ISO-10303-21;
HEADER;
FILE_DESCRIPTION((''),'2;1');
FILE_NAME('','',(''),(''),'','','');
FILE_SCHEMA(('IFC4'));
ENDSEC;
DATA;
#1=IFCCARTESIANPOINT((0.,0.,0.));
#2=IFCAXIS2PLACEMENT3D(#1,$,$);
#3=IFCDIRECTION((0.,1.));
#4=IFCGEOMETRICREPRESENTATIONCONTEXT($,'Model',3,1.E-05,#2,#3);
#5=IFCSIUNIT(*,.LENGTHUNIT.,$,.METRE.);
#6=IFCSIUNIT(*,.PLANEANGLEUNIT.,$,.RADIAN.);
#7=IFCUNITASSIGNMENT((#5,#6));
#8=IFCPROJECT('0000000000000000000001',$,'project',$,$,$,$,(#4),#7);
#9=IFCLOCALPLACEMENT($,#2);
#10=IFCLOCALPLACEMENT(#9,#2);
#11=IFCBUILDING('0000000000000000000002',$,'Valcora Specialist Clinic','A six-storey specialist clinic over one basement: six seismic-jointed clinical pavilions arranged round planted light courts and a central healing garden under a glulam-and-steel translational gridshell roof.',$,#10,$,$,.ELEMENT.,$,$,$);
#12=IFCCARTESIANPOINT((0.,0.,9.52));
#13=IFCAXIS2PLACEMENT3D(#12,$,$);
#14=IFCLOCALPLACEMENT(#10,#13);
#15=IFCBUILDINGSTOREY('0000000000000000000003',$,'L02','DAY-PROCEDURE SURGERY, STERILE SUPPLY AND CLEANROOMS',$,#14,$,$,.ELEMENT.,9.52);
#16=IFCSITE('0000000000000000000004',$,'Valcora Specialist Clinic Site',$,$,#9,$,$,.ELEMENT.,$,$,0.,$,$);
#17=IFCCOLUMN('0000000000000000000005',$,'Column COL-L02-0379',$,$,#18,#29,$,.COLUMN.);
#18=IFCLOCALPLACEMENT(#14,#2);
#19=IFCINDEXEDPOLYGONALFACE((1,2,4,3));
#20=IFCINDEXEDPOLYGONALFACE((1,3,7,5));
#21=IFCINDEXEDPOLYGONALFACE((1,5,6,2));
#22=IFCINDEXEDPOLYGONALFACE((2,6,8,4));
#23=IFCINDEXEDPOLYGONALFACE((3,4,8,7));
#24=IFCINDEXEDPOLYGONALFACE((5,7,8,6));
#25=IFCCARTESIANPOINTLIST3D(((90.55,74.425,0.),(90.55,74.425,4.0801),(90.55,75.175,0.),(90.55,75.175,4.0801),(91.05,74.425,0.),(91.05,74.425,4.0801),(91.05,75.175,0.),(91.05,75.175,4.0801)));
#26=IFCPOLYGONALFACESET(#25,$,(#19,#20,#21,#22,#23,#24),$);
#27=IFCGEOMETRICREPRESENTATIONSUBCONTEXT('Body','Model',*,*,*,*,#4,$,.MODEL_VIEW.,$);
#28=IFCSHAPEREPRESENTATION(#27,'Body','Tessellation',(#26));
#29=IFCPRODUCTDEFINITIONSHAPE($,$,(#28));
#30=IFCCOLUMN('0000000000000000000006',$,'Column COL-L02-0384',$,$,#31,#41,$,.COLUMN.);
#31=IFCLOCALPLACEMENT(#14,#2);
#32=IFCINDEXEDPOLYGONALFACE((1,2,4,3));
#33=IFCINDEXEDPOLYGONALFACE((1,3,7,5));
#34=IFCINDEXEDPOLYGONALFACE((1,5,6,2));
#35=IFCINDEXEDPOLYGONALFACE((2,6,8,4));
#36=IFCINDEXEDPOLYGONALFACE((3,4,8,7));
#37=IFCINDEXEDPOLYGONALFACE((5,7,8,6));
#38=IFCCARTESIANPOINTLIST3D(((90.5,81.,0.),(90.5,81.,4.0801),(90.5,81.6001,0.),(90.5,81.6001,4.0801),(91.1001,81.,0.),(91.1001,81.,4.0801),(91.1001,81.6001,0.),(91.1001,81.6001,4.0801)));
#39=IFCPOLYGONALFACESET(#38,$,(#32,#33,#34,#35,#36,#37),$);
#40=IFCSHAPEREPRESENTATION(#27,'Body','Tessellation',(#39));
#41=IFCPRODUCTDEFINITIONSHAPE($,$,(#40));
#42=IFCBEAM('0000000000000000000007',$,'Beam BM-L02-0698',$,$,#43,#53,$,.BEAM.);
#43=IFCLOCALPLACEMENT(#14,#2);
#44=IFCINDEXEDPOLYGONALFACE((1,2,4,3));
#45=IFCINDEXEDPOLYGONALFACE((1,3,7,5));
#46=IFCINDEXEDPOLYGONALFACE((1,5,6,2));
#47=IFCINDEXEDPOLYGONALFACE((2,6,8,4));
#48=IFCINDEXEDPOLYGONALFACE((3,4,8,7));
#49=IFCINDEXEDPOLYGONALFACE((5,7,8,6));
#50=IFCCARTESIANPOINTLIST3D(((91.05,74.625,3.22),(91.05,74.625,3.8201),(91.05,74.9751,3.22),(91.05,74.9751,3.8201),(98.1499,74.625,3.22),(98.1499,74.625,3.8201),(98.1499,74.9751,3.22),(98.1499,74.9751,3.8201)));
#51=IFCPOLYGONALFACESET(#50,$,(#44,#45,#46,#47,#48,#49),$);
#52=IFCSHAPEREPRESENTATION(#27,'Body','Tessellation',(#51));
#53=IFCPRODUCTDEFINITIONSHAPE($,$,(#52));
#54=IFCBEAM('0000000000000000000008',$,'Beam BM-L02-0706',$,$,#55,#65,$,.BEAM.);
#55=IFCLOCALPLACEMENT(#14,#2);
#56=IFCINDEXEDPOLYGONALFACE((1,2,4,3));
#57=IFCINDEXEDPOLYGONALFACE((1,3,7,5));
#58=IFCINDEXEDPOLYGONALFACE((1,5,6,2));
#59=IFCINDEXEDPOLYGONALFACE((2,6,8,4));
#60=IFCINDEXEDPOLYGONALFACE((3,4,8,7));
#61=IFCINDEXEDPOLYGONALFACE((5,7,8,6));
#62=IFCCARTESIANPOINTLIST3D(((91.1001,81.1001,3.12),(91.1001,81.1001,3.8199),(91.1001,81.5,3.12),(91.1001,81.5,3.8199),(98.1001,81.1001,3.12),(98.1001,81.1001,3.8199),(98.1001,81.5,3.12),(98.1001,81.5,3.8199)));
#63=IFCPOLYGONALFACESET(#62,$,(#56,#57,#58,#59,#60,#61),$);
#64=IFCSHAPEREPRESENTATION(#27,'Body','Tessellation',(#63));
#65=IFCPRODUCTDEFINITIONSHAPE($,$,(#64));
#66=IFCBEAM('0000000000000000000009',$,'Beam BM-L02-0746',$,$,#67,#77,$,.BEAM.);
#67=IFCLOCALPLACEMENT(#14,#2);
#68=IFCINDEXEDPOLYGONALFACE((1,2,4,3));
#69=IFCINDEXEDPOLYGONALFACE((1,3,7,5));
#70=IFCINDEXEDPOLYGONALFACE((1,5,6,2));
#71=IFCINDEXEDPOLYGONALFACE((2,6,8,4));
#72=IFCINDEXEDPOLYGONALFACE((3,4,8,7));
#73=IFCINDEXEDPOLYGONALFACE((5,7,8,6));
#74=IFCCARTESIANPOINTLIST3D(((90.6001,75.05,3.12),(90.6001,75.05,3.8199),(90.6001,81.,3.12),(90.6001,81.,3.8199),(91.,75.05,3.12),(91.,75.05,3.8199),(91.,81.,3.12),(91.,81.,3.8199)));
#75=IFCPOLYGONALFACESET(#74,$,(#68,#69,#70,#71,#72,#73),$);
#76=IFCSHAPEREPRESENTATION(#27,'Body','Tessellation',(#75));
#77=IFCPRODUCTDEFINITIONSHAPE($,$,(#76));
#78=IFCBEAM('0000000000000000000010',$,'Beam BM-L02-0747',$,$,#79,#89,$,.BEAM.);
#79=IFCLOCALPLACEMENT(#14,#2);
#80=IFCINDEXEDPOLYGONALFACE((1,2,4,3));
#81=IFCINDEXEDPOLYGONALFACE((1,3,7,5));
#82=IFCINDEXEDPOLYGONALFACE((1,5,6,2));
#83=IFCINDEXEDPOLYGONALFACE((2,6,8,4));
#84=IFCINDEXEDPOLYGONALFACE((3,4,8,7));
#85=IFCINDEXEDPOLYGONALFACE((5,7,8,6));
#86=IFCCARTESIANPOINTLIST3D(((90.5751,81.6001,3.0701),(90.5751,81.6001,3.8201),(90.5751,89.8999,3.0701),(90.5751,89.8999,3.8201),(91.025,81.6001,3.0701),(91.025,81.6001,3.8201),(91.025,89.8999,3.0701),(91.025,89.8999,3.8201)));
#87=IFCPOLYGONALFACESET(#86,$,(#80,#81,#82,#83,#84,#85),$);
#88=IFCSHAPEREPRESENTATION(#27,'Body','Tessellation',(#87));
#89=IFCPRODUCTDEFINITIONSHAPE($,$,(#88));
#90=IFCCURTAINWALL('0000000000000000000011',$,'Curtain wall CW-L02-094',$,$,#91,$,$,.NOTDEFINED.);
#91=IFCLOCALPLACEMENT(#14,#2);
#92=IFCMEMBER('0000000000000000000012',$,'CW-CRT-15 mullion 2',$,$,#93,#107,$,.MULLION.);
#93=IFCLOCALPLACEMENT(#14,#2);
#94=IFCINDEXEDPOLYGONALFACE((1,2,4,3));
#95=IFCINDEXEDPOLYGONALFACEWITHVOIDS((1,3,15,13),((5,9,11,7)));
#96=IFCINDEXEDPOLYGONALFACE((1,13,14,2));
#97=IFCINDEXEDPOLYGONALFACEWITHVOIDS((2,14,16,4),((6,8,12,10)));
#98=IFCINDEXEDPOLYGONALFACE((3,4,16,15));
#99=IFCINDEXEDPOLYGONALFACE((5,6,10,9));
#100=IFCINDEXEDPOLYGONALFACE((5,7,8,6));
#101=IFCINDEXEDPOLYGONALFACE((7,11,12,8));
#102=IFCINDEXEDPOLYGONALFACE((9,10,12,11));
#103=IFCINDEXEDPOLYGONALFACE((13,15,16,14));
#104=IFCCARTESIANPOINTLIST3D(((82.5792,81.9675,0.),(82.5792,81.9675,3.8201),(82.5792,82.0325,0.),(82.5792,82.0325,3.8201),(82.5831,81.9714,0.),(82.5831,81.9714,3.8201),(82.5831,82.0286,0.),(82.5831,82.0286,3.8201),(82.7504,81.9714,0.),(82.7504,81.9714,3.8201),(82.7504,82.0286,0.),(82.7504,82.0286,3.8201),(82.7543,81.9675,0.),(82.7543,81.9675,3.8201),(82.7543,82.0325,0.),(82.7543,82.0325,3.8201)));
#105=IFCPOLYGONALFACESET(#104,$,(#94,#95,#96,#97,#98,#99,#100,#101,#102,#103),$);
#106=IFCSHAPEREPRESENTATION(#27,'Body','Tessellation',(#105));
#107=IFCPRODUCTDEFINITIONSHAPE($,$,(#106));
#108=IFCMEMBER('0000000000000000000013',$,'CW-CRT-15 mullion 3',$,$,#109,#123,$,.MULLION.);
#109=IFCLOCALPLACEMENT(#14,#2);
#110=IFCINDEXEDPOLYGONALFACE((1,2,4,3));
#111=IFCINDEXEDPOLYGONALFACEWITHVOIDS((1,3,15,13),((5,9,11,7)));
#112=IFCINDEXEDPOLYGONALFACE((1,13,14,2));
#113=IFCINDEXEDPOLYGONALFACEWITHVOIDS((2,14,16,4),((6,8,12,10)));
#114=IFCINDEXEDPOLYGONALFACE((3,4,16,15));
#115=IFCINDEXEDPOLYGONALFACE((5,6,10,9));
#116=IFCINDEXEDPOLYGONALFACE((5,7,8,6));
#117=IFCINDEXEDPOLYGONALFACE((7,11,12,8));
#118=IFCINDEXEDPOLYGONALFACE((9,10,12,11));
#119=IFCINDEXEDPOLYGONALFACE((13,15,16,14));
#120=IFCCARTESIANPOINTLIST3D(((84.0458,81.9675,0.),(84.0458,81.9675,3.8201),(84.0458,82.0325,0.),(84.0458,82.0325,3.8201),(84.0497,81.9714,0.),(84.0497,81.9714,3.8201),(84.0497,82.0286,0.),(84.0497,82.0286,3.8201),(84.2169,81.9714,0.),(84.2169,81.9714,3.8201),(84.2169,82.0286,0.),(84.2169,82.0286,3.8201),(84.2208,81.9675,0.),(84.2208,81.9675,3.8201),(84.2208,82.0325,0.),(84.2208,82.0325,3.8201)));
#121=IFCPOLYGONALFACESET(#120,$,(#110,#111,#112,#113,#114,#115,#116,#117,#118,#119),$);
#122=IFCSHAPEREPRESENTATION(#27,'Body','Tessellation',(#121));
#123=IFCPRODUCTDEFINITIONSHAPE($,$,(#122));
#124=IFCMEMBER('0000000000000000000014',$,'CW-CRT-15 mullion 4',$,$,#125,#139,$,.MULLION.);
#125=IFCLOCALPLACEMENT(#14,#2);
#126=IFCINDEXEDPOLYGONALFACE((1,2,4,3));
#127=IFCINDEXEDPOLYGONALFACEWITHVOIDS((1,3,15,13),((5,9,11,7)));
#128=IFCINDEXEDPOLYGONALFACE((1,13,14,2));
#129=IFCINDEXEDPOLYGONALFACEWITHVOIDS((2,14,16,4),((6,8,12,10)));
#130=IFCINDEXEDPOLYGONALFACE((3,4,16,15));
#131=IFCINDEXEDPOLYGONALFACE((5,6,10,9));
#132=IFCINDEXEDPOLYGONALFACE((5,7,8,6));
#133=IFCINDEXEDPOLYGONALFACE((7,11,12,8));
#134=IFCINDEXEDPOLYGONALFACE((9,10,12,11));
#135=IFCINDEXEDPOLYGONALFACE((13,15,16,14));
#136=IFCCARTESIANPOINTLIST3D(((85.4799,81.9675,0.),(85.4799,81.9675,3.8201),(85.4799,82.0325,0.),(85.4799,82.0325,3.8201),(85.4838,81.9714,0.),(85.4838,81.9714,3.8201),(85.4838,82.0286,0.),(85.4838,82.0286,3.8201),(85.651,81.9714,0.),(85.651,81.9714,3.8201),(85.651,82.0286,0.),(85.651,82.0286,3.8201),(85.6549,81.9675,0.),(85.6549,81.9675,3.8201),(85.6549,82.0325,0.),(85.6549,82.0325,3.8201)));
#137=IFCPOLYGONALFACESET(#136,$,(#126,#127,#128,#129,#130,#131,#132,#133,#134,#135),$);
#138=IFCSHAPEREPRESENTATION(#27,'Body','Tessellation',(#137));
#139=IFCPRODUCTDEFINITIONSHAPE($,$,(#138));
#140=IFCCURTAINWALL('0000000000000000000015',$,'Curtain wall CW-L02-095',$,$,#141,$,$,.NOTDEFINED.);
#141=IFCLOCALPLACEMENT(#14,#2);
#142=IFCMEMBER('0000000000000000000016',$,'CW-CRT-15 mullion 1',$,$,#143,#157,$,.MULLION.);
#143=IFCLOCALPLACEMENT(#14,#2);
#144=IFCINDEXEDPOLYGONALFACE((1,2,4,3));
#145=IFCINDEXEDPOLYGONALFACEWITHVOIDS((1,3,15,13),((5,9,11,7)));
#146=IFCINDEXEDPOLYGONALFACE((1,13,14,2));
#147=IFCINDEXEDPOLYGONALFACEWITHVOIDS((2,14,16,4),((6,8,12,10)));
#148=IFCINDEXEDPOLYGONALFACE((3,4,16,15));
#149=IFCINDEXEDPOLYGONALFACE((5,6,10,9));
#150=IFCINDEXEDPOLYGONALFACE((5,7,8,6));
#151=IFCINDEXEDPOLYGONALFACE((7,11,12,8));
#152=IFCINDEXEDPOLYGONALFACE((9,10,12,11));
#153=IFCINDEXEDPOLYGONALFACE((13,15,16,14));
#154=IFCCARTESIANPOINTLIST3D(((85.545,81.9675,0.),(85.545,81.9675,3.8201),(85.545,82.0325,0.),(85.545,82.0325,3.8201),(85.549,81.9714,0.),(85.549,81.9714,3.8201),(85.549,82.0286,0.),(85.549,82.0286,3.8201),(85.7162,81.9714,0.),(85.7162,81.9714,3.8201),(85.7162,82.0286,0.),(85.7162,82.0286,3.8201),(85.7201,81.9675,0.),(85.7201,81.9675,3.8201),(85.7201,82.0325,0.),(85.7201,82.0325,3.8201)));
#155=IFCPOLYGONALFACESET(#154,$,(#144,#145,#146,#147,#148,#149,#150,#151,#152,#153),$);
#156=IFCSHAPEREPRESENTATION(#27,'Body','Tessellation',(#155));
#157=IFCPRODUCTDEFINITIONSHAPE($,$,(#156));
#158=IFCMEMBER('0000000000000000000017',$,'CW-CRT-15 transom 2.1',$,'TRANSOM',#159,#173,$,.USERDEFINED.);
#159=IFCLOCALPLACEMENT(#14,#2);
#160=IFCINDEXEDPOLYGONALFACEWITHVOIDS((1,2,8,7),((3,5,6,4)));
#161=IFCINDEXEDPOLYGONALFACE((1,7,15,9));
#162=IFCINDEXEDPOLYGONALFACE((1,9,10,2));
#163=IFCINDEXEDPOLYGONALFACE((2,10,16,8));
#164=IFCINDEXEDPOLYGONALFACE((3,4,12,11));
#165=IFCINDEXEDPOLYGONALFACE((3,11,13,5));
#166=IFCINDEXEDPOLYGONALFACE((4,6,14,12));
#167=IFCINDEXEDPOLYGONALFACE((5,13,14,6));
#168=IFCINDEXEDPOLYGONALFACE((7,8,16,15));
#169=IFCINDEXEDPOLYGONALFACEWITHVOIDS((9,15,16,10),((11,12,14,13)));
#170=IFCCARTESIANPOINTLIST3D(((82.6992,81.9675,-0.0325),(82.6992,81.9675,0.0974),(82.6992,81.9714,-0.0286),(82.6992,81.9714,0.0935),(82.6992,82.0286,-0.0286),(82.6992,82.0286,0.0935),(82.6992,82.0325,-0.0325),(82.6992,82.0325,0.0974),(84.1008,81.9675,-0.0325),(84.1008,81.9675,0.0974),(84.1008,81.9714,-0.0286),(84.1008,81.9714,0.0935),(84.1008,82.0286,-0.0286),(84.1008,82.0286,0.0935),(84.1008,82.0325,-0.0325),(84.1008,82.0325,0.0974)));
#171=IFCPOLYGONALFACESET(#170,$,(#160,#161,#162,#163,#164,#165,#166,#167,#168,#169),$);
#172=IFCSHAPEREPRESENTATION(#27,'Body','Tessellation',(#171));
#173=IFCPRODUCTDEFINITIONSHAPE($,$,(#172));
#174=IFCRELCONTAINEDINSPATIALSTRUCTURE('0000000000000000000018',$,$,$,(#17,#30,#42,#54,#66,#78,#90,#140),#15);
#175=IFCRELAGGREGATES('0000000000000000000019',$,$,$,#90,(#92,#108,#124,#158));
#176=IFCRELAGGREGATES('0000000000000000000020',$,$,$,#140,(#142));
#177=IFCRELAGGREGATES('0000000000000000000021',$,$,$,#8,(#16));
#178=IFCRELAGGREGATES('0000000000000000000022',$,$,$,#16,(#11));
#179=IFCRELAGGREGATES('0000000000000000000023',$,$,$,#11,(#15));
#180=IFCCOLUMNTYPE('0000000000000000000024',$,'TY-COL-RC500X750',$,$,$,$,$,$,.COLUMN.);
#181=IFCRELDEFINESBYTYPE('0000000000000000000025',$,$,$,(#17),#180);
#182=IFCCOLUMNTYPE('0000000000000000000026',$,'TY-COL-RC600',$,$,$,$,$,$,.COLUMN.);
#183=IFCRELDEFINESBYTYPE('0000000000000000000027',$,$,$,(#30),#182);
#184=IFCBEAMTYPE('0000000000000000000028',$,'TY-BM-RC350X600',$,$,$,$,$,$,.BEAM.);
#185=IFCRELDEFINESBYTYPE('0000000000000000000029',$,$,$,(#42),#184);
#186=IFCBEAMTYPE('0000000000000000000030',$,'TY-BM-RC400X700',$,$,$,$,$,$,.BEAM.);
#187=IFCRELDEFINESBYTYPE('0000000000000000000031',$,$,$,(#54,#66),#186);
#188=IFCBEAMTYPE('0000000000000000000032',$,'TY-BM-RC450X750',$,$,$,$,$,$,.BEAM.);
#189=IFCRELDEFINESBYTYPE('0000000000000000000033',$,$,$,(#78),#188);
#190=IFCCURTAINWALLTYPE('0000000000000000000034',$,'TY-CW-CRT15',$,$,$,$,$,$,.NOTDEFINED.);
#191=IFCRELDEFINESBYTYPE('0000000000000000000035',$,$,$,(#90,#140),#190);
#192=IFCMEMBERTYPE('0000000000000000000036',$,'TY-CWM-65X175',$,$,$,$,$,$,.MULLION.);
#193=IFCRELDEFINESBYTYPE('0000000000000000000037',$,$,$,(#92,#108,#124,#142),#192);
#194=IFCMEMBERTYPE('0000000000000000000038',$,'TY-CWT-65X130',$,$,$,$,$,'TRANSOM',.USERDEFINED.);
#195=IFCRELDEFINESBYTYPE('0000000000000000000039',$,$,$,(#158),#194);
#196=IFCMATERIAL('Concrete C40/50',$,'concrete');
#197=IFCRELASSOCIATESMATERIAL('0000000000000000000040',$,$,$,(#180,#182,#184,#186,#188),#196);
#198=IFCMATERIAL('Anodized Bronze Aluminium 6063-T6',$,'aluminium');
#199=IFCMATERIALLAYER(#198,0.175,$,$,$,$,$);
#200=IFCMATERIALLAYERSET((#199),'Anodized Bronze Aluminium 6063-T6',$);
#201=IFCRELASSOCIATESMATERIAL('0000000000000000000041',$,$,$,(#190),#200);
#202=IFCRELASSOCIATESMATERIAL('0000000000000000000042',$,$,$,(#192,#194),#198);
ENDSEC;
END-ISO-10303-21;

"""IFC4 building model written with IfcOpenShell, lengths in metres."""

from ifc_helpers import new_model, si_unit, direction, frame, origin, origin_2d, place, context, subcontext, project, spatial, rectangle, hollow_rectangle, extrude, material, layer, layer_set, material_profile, profile_set, type_object, element, aggregate, save


model = new_model("IFC4")

# Units and contexts
model_context = context("Model", 3, precision=1e-05, world=origin(), true_north=direction((0.0, 1.0)))
body_context = subcontext(model_context, "Body", "Model", "MODEL_VIEW")
ifc_project = project(units=[si_unit("LENGTHUNIT", "METRE"), si_unit("PLANEANGLEUNIT", "RADIAN")], contexts=[model_context])

# Site, building, storey
site_placement = place(None, origin())
site = spatial("IfcSite", under=ifc_project, at=site_placement, Name="Valcora Specialist Clinic Site", CompositionType="ELEMENT", RefElevation=0.0)
building_placement = place(site_placement, origin())
building = spatial("IfcBuilding", under=site, at=building_placement, Name="Valcora Specialist Clinic", Description="A six-storey specialist clinic over one basement: six seismic-jointed clinical pavilions arranged round planted light courts and a central healing garden under a glulam-and-steel translational gridshell roof.", CompositionType="ELEMENT")
storey_placement = place(building_placement, frame((0.0, 0.0, 9.52)))
storey = spatial("IfcBuildingStorey", under=building, at=storey_placement, Name="L02", Description="DAY-PROCEDURE SURGERY, STERILE SUPPLY AND CLEANROOMS", CompositionType="ELEMENT", Elevation=9.52)

# Columns
ifc_material_1 = material(Name="Concrete C40/50", Category="concrete")
ifc_material_profile_1 = material_profile(ifc_material_1, rectangle(XDim=0.5, YDim=0.75, at=origin_2d()), Name="RC-COL-500X750")
ifc_profile_set_1 = profile_set([ifc_material_profile_1], Name="Concrete C40/50")
column_type_1 = type_object("IfcColumnType", Name="TY-COL-RC500X750", PredefinedType="COLUMN", material=ifc_profile_set_1)
column_1_placement = place(storey_placement, frame((90.8, 74.8, 0.0), z_axis=(0.0, 0.0, 1.0), x_axis=(1.0, 0.0, 0.0)))
element("IfcColumn", 1, at=column_1_placement, inside=storey, type_object=column_type_1, Name="Column COL-L02-0379", PredefinedType="COLUMN", context=body_context, shape_type="SweptSolid", body=[
    extrude(rectangle(XDim=0.5, YDim=0.75, at=origin_2d()), origin(), (0.0, 0.0, 1.0), 4.0801),
])
ifc_material_profile_2 = material_profile(ifc_material_1, rectangle(XDim=0.6001, YDim=0.6001, at=origin_2d()), Name="RC-COL-600X600")
ifc_profile_set_2 = profile_set([ifc_material_profile_2], Name="Concrete C40/50")
column_type_2 = type_object("IfcColumnType", Name="TY-COL-RC600", PredefinedType="COLUMN", material=ifc_profile_set_2)
column_2_placement = place(storey_placement, frame((90.8, 81.3, 0.0), z_axis=(0.0, 0.0, 1.0), x_axis=(1.0, 0.0, 0.0)))
element("IfcColumn", 2, at=column_2_placement, inside=storey, type_object=column_type_2, Name="Column COL-L02-0384", PredefinedType="COLUMN", context=body_context, shape_type="SweptSolid", body=[
    extrude(rectangle(XDim=0.6001, YDim=0.6001, at=origin_2d()), origin(), (0.0, 0.0, 1.0), 4.0801),
])

# Beams
ifc_material_profile_3 = material_profile(ifc_material_1, rectangle(XDim=0.3501, YDim=0.6001, at=origin_2d()), Name="RC-BM-350X600")
ifc_profile_set_3 = profile_set([ifc_material_profile_3], Name="Concrete C40/50")
beam_type_1 = type_object("IfcBeamType", Name="TY-BM-RC350X600", PredefinedType="BEAM", material=ifc_profile_set_3)
beam_1_placement = place(storey_placement, frame((91.05, 74.8, 3.52), z_axis=(1.0, 0.0, 0.0), x_axis=(0.0, 1.0, 0.0)))
element("IfcBeam", 3, at=beam_1_placement, inside=storey, type_object=beam_type_1, Name="Beam BM-L02-0698", PredefinedType="BEAM", context=body_context, shape_type="SweptSolid", body=[
    extrude(rectangle(XDim=0.3501, YDim=0.6001, at=origin_2d()), origin(), (0.0, 0.0, 1.0), 7.0999),
])
ifc_material_profile_4 = material_profile(ifc_material_1, rectangle(XDim=0.3999, YDim=0.7, at=origin_2d()), Name="RC-BM-400X700")
ifc_profile_set_4 = profile_set([ifc_material_profile_4], Name="Concrete C40/50")
beam_type_2 = type_object("IfcBeamType", Name="TY-BM-RC400X700", PredefinedType="BEAM", material=ifc_profile_set_4)
beam_2_placement = place(storey_placement, frame((91.1001, 81.3, 3.47), z_axis=(1.0, 0.0, 0.0), x_axis=(0.0, 1.0, 0.0)))
element("IfcBeam", 4, at=beam_2_placement, inside=storey, type_object=beam_type_2, Name="Beam BM-L02-0706", PredefinedType="BEAM", context=body_context, shape_type="SweptSolid", body=[
    extrude(rectangle(XDim=0.3999, YDim=0.7, at=origin_2d()), origin(), (0.0, 0.0, 1.0), 7.0),
])
beam_3_placement = place(storey_placement, frame((90.8, 75.05, 3.47), z_axis=(0.0, 1.0, 0.0), x_axis=(-1.0, 0.0, 0.0)))
element("IfcBeam", 5, at=beam_3_placement, inside=storey, type_object=beam_type_2, Name="Beam BM-L02-0746", PredefinedType="BEAM", context=body_context, shape_type="SweptSolid", body=[
    extrude(rectangle(XDim=0.3999, YDim=0.7, at=origin_2d()), origin(), (0.0, 0.0, 1.0), 5.95),
])
ifc_material_profile_5 = material_profile(ifc_material_1, rectangle(XDim=0.45, YDim=0.75, at=origin_2d()), Name="RC-BM-450X750")
ifc_profile_set_5 = profile_set([ifc_material_profile_5], Name="Concrete C40/50")
beam_type_3 = type_object("IfcBeamType", Name="TY-BM-RC450X750", PredefinedType="BEAM", material=ifc_profile_set_5)
beam_4_placement = place(storey_placement, frame((90.8, 81.6001, 3.4451), z_axis=(0.0, 1.0, 0.0), x_axis=(-1.0, 0.0, 0.0)))
element("IfcBeam", 6, at=beam_4_placement, inside=storey, type_object=beam_type_3, Name="Beam BM-L02-0747", PredefinedType="BEAM", context=body_context, shape_type="SweptSolid", body=[
    extrude(rectangle(XDim=0.45, YDim=0.75, at=origin_2d()), origin(), (0.0, 0.0, 1.0), 8.2998),
])

# Curtain wall, members
ifc_material_2 = material(Name="Anodized Bronze Aluminium 6063-T6", Category="aluminium")
ifc_layer_1 = layer(ifc_material_2, 0.175)
ifc_layer_set_1 = layer_set([ifc_layer_1], Name="Anodized Bronze Aluminium 6063-T6")
curtain_wall_type = type_object("IfcCurtainWallType", Name="TY-CW-CRT15", PredefinedType="NOTDEFINED", material=ifc_layer_set_1)
curtain_wall_1_placement = place(storey_placement, origin())
curtain_wall_1 = element("IfcCurtainWall", 7, at=curtain_wall_1_placement, inside=storey, type_object=curtain_wall_type, Name="Curtain wall CW-L02-094", PredefinedType="NOTDEFINED")
ifc_material_profile_6 = material_profile(ifc_material_2, hollow_rectangle(XDim=0.0649, YDim=0.175, WallThickness=0.0039, at=origin_2d()), Name="AL-MUL-65X175")
ifc_profile_set_6 = profile_set([ifc_material_profile_6], Name="Anodized Bronze Aluminium 6063-T6")
member_type_1 = type_object("IfcMemberType", Name="TY-CWM-65X175", PredefinedType="MULLION", material=ifc_profile_set_6)
member_1_placement = place(storey_placement, frame((82.6667, 82.0, 0.0), z_axis=(0.0, 0.0, 1.0), x_axis=(0.0, 1.0, 0.0)))
member_1 = element("IfcMember", 8, at=member_1_placement, type_object=member_type_1, Name="CW-CRT-15 mullion 2", PredefinedType="MULLION", context=body_context, shape_type="SweptSolid", body=[
    extrude(hollow_rectangle(XDim=0.0649, YDim=0.175, WallThickness=0.0039, at=origin_2d()), origin(), (0.0, 0.0, 1.0), 3.8201),
])
member_2_placement = place(storey_placement, frame((84.1333, 82.0, 0.0), z_axis=(0.0, 0.0, 1.0), x_axis=(0.0, 1.0, 0.0)))
member_2 = element("IfcMember", 9, at=member_2_placement, type_object=member_type_1, Name="CW-CRT-15 mullion 3", PredefinedType="MULLION", context=body_context, shape_type="SweptSolid", body=[
    extrude(hollow_rectangle(XDim=0.0649, YDim=0.175, WallThickness=0.0039, at=origin_2d()), origin(), (0.0, 0.0, 1.0), 3.8201),
])
member_3_placement = place(storey_placement, frame((85.5674, 82.0, 0.0), z_axis=(0.0, 0.0, 1.0), x_axis=(0.0, 1.0, 0.0)))
member_3 = element("IfcMember", 10, at=member_3_placement, type_object=member_type_1, Name="CW-CRT-15 mullion 4", PredefinedType="MULLION", context=body_context, shape_type="SweptSolid", body=[
    extrude(hollow_rectangle(XDim=0.0649, YDim=0.175, WallThickness=0.0039, at=origin_2d()), origin(), (0.0, 0.0, 1.0), 3.8201),
])

# Curtain wall, member
curtain_wall_2_placement = place(storey_placement, origin())
curtain_wall_2 = element("IfcCurtainWall", 11, at=curtain_wall_2_placement, inside=storey, type_object=curtain_wall_type, Name="Curtain wall CW-L02-095", PredefinedType="NOTDEFINED")
member_4_placement = place(storey_placement, frame((85.6326, 82.0, 0.0), z_axis=(0.0, 0.0, 1.0), x_axis=(0.0, 1.0, 0.0)))
member_4 = element("IfcMember", 12, at=member_4_placement, type_object=member_type_1, Name="CW-CRT-15 mullion 1", PredefinedType="MULLION", context=body_context, shape_type="SweptSolid", body=[
    extrude(hollow_rectangle(XDim=0.0649, YDim=0.175, WallThickness=0.0039, at=origin_2d()), origin(), (0.0, 0.0, 1.0), 3.8201),
])

# Member
ifc_material_profile_7 = material_profile(ifc_material_2, hollow_rectangle(XDim=0.0649, YDim=0.1299, WallThickness=0.0039, at=origin_2d()), Name="AL-TRN-65X130")
ifc_profile_set_7 = profile_set([ifc_material_profile_7], Name="Anodized Bronze Aluminium 6063-T6")
member_type_2 = type_object("IfcMemberType", Name="TY-CWT-65X130", ElementType="TRANSOM", PredefinedType="USERDEFINED", material=ifc_profile_set_7)
member_5_placement = place(storey_placement, frame((82.6992, 82.0, 0.0325), z_axis=(1.0, 0.0, 0.0), x_axis=(0.0, 1.0, 0.0)))
member_5 = element("IfcMember", 13, at=member_5_placement, type_object=member_type_2, Name="CW-CRT-15 transom 2.1", ObjectType="TRANSOM", PredefinedType="USERDEFINED", context=body_context, shape_type="SweptSolid", body=[
    extrude(hollow_rectangle(XDim=0.0649, YDim=0.1299, WallThickness=0.0039, at=origin_2d()), origin(), (0.0, 0.0, 1.0), 1.4016),
])

aggregate(curtain_wall_1, [member_1, member_2, member_3, member_5])
aggregate(curtain_wall_2, [member_4])

save(model, "model.ifc")
